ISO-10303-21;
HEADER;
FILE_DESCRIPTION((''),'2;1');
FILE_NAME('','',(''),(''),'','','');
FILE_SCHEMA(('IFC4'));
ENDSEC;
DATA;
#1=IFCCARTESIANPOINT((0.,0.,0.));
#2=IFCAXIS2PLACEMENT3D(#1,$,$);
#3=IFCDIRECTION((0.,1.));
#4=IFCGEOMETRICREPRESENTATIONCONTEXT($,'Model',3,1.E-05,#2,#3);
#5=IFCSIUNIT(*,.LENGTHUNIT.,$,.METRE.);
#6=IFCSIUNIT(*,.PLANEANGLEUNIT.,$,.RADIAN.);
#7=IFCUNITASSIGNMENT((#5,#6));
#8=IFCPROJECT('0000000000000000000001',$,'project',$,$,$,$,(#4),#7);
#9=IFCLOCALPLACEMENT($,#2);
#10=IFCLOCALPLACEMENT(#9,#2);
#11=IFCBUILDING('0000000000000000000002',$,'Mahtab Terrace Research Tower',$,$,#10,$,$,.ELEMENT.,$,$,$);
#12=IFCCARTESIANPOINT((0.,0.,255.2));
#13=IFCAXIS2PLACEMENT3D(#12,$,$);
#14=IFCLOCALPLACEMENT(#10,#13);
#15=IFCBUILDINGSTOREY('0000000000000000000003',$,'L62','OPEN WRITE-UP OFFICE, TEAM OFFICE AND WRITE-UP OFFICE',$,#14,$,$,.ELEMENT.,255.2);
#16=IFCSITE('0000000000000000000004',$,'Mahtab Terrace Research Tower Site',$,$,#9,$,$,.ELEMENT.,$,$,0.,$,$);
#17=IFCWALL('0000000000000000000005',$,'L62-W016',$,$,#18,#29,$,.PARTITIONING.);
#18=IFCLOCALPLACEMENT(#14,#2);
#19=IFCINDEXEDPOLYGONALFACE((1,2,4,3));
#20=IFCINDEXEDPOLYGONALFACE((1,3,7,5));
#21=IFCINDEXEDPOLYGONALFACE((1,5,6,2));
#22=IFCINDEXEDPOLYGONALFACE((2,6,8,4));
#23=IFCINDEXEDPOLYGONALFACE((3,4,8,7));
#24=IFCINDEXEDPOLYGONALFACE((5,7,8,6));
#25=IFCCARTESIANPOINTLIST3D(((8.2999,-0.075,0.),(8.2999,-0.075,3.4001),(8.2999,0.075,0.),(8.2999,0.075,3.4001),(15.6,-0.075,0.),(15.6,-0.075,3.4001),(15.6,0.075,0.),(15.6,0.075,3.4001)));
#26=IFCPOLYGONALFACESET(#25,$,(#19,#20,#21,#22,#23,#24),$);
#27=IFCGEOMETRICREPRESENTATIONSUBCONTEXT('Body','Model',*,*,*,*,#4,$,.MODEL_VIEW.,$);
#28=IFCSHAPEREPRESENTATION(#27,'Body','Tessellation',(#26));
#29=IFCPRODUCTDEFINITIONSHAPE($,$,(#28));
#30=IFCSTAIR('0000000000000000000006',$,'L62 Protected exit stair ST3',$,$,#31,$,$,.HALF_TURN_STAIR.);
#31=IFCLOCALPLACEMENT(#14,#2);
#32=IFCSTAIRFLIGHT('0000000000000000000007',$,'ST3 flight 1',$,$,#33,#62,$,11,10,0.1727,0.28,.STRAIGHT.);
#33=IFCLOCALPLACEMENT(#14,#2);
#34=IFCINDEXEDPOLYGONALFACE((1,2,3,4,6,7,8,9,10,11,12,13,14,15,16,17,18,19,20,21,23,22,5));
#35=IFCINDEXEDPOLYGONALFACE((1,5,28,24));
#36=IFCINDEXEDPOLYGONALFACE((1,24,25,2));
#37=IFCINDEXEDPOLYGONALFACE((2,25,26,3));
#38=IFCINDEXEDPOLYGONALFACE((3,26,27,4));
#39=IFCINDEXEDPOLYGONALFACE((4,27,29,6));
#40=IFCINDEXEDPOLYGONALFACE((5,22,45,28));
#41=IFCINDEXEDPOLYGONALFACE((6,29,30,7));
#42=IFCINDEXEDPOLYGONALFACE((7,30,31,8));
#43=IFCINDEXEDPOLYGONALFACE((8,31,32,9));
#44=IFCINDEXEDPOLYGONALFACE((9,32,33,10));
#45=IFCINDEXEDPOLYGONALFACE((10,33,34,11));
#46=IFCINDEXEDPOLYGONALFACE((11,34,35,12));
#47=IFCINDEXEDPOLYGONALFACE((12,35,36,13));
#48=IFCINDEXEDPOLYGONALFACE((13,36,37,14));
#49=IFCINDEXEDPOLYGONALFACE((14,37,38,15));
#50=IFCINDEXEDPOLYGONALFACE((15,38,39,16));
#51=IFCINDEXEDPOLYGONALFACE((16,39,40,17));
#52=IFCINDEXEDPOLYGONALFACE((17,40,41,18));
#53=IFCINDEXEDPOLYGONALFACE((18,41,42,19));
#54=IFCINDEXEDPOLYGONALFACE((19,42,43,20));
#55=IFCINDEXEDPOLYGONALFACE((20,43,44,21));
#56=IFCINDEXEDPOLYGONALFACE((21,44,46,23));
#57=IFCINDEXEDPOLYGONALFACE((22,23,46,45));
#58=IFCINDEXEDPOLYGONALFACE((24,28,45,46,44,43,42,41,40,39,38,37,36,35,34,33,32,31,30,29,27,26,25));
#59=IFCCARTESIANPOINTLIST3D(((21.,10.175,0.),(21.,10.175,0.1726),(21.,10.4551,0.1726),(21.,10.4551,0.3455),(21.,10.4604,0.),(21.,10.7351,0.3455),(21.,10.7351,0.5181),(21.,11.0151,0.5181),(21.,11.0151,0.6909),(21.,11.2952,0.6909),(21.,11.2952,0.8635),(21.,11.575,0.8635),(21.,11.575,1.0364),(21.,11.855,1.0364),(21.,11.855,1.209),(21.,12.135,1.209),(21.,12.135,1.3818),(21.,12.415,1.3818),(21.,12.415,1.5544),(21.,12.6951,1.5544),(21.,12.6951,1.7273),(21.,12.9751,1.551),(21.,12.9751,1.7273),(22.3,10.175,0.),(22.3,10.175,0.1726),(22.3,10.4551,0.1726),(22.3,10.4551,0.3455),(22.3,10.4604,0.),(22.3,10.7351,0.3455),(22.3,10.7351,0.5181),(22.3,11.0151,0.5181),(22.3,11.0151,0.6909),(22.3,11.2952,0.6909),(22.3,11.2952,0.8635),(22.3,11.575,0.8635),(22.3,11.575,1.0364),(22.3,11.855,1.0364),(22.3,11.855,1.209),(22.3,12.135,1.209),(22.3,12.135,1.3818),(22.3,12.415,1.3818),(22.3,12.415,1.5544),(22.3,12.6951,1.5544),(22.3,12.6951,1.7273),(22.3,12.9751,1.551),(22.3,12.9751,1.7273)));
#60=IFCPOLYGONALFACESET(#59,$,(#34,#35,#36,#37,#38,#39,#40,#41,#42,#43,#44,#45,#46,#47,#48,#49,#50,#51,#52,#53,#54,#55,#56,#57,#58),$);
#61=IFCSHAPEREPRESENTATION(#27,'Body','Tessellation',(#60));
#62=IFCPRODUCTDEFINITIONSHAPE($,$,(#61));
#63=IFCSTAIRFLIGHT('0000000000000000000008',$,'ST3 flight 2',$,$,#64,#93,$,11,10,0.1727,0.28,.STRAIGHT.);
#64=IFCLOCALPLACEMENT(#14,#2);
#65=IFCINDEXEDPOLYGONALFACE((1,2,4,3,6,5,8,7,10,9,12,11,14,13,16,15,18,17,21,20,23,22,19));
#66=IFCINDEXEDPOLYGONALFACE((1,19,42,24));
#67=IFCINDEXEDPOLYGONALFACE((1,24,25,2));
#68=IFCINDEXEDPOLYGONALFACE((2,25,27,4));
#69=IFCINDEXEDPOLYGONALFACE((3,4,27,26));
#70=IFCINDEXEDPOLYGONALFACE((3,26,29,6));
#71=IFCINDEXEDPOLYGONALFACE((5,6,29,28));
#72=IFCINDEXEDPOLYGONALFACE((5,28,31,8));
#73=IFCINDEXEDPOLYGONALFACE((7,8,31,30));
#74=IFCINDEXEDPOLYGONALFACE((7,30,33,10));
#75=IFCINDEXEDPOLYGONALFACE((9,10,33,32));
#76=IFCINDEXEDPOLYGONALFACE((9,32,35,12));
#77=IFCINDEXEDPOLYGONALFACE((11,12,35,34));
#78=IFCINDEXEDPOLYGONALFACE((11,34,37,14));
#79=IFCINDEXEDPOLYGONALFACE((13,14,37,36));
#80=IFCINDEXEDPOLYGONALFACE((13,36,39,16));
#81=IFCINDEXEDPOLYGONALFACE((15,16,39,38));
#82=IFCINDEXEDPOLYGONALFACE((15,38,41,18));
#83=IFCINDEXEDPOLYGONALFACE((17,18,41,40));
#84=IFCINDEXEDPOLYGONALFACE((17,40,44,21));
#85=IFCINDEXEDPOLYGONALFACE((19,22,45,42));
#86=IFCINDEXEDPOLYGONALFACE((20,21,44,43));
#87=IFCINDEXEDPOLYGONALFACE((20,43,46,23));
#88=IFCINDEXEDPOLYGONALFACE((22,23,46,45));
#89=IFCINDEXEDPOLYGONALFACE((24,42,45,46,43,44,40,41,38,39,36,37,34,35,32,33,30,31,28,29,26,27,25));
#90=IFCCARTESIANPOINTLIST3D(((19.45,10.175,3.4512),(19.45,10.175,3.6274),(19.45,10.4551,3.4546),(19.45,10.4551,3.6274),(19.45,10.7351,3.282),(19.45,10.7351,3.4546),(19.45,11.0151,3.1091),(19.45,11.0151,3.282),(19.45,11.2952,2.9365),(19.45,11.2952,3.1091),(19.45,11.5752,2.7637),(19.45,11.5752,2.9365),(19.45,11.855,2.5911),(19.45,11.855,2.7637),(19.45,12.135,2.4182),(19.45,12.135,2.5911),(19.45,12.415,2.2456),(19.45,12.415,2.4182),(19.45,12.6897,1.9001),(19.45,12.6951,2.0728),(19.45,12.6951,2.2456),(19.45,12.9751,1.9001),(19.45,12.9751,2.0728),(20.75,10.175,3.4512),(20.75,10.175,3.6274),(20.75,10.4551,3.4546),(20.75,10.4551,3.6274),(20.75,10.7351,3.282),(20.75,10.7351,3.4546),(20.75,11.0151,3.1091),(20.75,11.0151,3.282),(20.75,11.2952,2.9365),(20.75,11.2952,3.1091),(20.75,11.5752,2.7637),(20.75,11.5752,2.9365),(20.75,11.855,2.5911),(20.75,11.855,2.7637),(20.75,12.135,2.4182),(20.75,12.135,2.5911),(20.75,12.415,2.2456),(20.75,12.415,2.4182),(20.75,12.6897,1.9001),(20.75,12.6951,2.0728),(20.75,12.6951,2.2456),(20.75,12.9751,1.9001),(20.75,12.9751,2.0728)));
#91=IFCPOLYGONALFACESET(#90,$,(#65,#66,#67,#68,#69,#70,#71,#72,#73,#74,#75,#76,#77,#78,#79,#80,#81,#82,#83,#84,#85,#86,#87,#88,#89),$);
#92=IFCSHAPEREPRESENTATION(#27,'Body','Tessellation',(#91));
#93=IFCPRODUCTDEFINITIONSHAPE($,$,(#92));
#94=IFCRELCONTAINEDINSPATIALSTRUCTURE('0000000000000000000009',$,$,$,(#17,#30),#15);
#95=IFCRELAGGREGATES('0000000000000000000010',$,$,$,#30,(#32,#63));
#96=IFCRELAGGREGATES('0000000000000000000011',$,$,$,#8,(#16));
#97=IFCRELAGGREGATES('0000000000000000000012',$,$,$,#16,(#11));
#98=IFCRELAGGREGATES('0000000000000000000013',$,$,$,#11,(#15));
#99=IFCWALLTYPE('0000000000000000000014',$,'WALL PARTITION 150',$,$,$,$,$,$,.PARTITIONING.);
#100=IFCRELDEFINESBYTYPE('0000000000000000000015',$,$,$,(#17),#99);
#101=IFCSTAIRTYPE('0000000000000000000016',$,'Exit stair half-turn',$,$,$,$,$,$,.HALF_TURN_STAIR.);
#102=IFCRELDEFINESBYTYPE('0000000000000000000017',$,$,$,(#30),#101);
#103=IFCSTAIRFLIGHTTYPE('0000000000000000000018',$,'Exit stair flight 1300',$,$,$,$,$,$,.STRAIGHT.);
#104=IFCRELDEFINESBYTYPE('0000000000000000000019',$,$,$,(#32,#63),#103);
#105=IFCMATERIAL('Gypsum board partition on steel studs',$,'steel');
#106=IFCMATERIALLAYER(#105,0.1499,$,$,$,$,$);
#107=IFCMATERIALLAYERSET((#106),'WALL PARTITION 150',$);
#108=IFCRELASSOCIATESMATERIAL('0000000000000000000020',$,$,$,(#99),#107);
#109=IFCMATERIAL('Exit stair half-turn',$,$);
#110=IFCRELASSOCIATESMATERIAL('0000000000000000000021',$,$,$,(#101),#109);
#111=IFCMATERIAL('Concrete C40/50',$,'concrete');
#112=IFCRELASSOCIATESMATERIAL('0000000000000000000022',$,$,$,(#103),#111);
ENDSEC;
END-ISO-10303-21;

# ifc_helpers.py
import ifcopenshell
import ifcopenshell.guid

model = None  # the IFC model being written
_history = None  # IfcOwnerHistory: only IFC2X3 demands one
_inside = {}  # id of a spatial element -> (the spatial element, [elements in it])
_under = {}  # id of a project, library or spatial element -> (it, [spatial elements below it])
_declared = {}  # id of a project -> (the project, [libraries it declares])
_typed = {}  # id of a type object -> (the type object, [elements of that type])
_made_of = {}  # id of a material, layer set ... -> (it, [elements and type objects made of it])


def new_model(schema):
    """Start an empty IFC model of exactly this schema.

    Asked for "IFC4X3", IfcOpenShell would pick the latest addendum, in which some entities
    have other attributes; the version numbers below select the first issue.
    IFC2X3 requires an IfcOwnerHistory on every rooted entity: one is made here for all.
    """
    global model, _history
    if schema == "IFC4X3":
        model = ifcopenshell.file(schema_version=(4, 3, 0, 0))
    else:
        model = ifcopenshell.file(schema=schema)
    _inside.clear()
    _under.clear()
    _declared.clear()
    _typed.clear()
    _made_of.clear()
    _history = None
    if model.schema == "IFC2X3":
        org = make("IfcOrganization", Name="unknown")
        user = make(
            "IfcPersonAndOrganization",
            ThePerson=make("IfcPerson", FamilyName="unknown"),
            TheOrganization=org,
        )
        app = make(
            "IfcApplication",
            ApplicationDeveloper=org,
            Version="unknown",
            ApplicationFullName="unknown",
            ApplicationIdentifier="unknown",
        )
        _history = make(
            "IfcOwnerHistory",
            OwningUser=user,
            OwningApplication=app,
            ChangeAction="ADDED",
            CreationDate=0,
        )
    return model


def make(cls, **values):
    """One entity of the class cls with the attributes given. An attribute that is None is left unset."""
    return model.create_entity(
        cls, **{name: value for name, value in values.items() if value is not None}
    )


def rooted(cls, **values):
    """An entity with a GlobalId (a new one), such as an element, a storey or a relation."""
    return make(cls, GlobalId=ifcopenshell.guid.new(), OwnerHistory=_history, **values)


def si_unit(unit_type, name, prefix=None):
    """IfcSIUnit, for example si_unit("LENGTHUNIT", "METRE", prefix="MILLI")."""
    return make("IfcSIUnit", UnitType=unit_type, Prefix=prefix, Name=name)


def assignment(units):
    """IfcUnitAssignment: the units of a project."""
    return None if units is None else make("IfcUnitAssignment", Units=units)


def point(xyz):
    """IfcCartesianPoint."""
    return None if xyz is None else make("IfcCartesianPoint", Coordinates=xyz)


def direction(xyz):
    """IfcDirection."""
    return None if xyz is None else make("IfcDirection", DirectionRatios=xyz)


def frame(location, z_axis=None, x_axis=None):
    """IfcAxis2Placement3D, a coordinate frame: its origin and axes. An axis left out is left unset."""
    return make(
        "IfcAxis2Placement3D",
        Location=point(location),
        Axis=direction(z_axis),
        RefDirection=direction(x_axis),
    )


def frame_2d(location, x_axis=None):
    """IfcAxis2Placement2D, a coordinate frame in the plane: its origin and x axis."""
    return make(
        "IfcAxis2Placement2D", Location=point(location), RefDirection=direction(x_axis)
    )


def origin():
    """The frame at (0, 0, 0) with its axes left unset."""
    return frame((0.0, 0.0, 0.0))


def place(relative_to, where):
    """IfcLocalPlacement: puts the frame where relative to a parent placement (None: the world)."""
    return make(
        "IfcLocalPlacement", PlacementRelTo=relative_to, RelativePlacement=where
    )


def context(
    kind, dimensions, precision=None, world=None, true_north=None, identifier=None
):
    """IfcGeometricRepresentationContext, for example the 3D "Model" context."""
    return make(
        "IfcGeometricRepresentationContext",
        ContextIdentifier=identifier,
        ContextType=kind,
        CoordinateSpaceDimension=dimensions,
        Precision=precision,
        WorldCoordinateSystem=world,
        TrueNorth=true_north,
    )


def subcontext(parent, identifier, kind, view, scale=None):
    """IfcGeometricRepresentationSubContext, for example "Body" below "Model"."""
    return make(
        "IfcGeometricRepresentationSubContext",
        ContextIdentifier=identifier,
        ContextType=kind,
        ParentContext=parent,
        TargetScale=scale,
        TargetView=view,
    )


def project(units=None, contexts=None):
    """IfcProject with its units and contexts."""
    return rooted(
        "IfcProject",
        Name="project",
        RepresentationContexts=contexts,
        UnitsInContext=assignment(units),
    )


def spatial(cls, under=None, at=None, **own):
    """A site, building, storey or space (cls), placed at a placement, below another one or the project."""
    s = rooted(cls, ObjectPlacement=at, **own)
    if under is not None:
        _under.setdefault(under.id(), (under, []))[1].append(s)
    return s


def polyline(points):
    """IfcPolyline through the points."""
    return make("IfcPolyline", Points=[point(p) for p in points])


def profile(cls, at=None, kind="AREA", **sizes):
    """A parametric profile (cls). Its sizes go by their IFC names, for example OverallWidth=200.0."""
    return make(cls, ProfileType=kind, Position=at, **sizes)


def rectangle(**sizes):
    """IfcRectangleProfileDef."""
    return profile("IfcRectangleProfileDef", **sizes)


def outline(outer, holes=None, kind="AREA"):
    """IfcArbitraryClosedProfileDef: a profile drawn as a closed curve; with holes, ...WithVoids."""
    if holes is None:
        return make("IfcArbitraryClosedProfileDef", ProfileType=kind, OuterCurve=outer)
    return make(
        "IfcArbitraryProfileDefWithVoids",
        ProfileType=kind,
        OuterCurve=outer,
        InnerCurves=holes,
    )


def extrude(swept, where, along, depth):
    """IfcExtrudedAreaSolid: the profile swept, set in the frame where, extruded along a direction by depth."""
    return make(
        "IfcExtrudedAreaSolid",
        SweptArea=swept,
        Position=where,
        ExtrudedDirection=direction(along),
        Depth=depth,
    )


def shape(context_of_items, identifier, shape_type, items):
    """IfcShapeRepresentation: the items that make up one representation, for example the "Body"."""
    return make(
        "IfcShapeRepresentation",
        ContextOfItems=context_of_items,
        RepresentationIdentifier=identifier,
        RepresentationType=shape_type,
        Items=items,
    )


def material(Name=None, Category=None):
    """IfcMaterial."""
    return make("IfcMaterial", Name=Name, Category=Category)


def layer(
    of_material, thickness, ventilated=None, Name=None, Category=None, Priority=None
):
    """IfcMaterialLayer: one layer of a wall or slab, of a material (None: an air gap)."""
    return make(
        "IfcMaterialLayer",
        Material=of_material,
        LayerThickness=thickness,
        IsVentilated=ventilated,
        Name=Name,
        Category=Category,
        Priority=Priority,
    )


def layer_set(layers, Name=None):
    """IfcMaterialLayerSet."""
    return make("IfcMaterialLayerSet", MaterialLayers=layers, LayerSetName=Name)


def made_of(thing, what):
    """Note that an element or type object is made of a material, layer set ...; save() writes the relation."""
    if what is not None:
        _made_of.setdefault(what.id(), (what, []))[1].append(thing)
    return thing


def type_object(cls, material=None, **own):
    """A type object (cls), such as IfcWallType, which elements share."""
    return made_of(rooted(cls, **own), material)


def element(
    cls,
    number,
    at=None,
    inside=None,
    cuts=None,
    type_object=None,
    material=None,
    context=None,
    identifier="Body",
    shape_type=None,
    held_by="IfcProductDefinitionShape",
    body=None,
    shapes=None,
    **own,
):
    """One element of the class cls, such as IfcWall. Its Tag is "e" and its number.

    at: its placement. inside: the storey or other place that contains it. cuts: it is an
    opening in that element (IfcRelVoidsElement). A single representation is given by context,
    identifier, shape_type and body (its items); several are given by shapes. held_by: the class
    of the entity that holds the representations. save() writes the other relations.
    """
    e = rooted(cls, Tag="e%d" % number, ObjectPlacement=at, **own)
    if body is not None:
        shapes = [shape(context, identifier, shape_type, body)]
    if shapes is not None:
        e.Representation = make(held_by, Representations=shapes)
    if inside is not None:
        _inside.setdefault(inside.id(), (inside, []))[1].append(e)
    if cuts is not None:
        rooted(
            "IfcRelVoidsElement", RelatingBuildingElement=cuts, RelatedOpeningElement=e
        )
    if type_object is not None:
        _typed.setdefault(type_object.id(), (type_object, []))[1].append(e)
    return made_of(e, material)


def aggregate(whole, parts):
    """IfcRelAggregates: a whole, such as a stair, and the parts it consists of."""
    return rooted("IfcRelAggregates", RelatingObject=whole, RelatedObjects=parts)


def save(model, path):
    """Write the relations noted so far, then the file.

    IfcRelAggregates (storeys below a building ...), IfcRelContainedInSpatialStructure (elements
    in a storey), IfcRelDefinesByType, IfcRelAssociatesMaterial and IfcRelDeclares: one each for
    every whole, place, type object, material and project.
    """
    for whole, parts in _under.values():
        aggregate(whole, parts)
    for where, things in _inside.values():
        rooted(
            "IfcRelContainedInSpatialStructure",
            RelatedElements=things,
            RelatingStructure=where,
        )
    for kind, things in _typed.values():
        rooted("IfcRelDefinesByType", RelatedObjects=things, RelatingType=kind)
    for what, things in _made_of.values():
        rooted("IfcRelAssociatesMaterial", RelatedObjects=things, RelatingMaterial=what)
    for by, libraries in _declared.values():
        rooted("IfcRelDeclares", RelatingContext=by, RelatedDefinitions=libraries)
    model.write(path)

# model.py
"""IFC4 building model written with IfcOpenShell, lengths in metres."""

from ifc_helpers import new_model, si_unit, direction, frame, frame_2d, origin, place, context, subcontext, project, spatial, polyline, rectangle, outline, extrude, material, layer, layer_set, type_object, element, aggregate, save


model = new_model("IFC4")

# Units and contexts
model_context = context("Model", 3, precision=1e-05, world=origin(), true_north=direction((0.0, 1.0)))
body_context = subcontext(model_context, "Body", "Model", "MODEL_VIEW")
ifc_project = project(units=[si_unit("LENGTHUNIT", "METRE"), si_unit("PLANEANGLEUNIT", "RADIAN")], contexts=[model_context])

# Site, building, storey
site_placement = place(None, origin())
site = spatial("IfcSite", under=ifc_project, at=site_placement, Name="Mahtab Terrace Research Tower Site", CompositionType="ELEMENT", RefElevation=0.0)
building_placement = place(site_placement, origin())
building = spatial("IfcBuilding", under=site, at=building_placement, Name="Mahtab Terrace Research Tower", CompositionType="ELEMENT")
storey_placement = place(building_placement, frame((0.0, 0.0, 255.2)))
storey = spatial("IfcBuildingStorey", under=building, at=storey_placement, Name="L62", Description="OPEN WRITE-UP OFFICE, TEAM OFFICE AND WRITE-UP OFFICE", CompositionType="ELEMENT", Elevation=255.2)

# Wall
ifc_material_1 = material(Name="Gypsum board partition on steel studs", Category="steel")
ifc_layer_1 = layer(ifc_material_1, 0.1499)
ifc_layer_set_1 = layer_set([ifc_layer_1], Name="WALL PARTITION 150")
wall_type_1 = type_object("IfcWallType", Name="WALL PARTITION 150", PredefinedType="PARTITIONING", material=ifc_layer_set_1)
wall_1_placement = place(storey_placement, frame((8.3, 0.0, 0.0), z_axis=(0.0, 0.0, 1.0), x_axis=(1.0, 0.0, 0.0)))
element("IfcWall", 1, at=wall_1_placement, inside=storey, type_object=wall_type_1, Name="L62-W016", PredefinedType="PARTITIONING", context=body_context, shape_type="SweptSolid", body=[
    extrude(rectangle(XDim=7.3, YDim=0.1499, at=frame_2d((3.6499, 0.0))), origin(), (0.0, 0.0, 1.0), 3.4001),
])

# Stair, stair flights
ifc_material_2 = material(Name="Exit stair half-turn")
stair_type = type_object("IfcStairType", Name="Exit stair half-turn", PredefinedType="HALF_TURN_STAIR", material=ifc_material_2)
stair_placement = place(storey_placement, origin())
stair = element("IfcStair", 2, at=stair_placement, inside=storey, type_object=stair_type, Name="L62 Protected exit stair ST3", PredefinedType="HALF_TURN_STAIR")
ifc_material_3 = material(Name="Concrete C40/50", Category="concrete")
stair_flight_type = type_object("IfcStairFlightType", Name="Exit stair flight 1300", PredefinedType="STRAIGHT", material=ifc_material_3)
stair_flight_1_placement = place(storey_placement, frame((21.6499, 10.175, 0.0), z_axis=(0.0, 0.0, 1.0), x_axis=(0.0, 1.0, 0.0)))
stair_flight_1 = element("IfcStairFlight", 3, at=stair_flight_1_placement, type_object=stair_flight_type, Name="ST3 flight 1", NumberOfRisers=11, NumberOfTreads=10, PredefinedType="STRAIGHT", RiserHeight=0.1727, TreadLength=0.28, context=body_context, shape_type="SweptSolid", body=[
    extrude(outline(polyline([(0.0, 0.0), (0.0, 0.1726), (0.28, 0.1726), (0.28, 0.3455), (0.5601, 0.3455), (0.5601, 0.5181), (0.8401, 0.5181), (0.8401, 0.6909), (1.1201, 0.6909), (1.1201, 0.8635), (1.3999, 0.8635), (1.3999, 1.0364), (1.6799, 1.0364), (1.6799, 1.209), (1.96, 1.209), (1.96, 1.3818), (2.24, 1.3818), (2.24, 1.5544), (2.52, 1.5544), (2.52, 1.7273), (2.8, 1.7273), (2.8, 1.8999), (2.8, 1.551), (0.2854, 0.0), (0.0, 0.0)])), frame((0.0, 0.6499, 0.0), z_axis=(0.0, -1.0, 0.0), x_axis=(1.0, 0.0, 0.0)), (0.0, 0.0, 1.0), 1.3),
])
stair_flight_2_placement = place(storey_placement, frame((20.1001, 12.9751, 1.9001), z_axis=(0.0, 0.0, 1.0), x_axis=(0.0, -1.0, 0.0)))
stair_flight_2 = element("IfcStairFlight", 4, at=stair_flight_2_placement, type_object=stair_flight_type, Name="ST3 flight 2", NumberOfRisers=11, NumberOfTreads=10, PredefinedType="STRAIGHT", RiserHeight=0.1727, TreadLength=0.28, context=body_context, shape_type="SweptSolid", body=[
    extrude(outline(polyline([(0.0, 0.0), (0.0, 0.1726), (0.28, 0.1726), (0.28, 0.3455), (0.5601, 0.3455), (0.5601, 0.5181), (0.8401, 0.5181), (0.8401, 0.6909), (1.1201, 0.6909), (1.1201, 0.8635), (1.3999, 0.8635), (1.3999, 1.0364), (1.6799, 1.0364), (1.6799, 1.209), (1.96, 1.209), (1.96, 1.3818), (2.24, 1.3818), (2.24, 1.5544), (2.52, 1.5544), (2.52, 1.7273), (2.8, 1.7273), (2.8, 1.8999), (2.8, 1.551), (0.2854, 0.0), (0.0, 0.0)])), frame((0.0, 0.6499, 0.0), z_axis=(0.0, -1.0, 0.0), x_axis=(1.0, 0.0, 0.0)), (0.0, 0.0, 1.0), 1.3),
])
aggregate(stair, [stair_flight_1, stair_flight_2])

save(model, "model.ifc")
